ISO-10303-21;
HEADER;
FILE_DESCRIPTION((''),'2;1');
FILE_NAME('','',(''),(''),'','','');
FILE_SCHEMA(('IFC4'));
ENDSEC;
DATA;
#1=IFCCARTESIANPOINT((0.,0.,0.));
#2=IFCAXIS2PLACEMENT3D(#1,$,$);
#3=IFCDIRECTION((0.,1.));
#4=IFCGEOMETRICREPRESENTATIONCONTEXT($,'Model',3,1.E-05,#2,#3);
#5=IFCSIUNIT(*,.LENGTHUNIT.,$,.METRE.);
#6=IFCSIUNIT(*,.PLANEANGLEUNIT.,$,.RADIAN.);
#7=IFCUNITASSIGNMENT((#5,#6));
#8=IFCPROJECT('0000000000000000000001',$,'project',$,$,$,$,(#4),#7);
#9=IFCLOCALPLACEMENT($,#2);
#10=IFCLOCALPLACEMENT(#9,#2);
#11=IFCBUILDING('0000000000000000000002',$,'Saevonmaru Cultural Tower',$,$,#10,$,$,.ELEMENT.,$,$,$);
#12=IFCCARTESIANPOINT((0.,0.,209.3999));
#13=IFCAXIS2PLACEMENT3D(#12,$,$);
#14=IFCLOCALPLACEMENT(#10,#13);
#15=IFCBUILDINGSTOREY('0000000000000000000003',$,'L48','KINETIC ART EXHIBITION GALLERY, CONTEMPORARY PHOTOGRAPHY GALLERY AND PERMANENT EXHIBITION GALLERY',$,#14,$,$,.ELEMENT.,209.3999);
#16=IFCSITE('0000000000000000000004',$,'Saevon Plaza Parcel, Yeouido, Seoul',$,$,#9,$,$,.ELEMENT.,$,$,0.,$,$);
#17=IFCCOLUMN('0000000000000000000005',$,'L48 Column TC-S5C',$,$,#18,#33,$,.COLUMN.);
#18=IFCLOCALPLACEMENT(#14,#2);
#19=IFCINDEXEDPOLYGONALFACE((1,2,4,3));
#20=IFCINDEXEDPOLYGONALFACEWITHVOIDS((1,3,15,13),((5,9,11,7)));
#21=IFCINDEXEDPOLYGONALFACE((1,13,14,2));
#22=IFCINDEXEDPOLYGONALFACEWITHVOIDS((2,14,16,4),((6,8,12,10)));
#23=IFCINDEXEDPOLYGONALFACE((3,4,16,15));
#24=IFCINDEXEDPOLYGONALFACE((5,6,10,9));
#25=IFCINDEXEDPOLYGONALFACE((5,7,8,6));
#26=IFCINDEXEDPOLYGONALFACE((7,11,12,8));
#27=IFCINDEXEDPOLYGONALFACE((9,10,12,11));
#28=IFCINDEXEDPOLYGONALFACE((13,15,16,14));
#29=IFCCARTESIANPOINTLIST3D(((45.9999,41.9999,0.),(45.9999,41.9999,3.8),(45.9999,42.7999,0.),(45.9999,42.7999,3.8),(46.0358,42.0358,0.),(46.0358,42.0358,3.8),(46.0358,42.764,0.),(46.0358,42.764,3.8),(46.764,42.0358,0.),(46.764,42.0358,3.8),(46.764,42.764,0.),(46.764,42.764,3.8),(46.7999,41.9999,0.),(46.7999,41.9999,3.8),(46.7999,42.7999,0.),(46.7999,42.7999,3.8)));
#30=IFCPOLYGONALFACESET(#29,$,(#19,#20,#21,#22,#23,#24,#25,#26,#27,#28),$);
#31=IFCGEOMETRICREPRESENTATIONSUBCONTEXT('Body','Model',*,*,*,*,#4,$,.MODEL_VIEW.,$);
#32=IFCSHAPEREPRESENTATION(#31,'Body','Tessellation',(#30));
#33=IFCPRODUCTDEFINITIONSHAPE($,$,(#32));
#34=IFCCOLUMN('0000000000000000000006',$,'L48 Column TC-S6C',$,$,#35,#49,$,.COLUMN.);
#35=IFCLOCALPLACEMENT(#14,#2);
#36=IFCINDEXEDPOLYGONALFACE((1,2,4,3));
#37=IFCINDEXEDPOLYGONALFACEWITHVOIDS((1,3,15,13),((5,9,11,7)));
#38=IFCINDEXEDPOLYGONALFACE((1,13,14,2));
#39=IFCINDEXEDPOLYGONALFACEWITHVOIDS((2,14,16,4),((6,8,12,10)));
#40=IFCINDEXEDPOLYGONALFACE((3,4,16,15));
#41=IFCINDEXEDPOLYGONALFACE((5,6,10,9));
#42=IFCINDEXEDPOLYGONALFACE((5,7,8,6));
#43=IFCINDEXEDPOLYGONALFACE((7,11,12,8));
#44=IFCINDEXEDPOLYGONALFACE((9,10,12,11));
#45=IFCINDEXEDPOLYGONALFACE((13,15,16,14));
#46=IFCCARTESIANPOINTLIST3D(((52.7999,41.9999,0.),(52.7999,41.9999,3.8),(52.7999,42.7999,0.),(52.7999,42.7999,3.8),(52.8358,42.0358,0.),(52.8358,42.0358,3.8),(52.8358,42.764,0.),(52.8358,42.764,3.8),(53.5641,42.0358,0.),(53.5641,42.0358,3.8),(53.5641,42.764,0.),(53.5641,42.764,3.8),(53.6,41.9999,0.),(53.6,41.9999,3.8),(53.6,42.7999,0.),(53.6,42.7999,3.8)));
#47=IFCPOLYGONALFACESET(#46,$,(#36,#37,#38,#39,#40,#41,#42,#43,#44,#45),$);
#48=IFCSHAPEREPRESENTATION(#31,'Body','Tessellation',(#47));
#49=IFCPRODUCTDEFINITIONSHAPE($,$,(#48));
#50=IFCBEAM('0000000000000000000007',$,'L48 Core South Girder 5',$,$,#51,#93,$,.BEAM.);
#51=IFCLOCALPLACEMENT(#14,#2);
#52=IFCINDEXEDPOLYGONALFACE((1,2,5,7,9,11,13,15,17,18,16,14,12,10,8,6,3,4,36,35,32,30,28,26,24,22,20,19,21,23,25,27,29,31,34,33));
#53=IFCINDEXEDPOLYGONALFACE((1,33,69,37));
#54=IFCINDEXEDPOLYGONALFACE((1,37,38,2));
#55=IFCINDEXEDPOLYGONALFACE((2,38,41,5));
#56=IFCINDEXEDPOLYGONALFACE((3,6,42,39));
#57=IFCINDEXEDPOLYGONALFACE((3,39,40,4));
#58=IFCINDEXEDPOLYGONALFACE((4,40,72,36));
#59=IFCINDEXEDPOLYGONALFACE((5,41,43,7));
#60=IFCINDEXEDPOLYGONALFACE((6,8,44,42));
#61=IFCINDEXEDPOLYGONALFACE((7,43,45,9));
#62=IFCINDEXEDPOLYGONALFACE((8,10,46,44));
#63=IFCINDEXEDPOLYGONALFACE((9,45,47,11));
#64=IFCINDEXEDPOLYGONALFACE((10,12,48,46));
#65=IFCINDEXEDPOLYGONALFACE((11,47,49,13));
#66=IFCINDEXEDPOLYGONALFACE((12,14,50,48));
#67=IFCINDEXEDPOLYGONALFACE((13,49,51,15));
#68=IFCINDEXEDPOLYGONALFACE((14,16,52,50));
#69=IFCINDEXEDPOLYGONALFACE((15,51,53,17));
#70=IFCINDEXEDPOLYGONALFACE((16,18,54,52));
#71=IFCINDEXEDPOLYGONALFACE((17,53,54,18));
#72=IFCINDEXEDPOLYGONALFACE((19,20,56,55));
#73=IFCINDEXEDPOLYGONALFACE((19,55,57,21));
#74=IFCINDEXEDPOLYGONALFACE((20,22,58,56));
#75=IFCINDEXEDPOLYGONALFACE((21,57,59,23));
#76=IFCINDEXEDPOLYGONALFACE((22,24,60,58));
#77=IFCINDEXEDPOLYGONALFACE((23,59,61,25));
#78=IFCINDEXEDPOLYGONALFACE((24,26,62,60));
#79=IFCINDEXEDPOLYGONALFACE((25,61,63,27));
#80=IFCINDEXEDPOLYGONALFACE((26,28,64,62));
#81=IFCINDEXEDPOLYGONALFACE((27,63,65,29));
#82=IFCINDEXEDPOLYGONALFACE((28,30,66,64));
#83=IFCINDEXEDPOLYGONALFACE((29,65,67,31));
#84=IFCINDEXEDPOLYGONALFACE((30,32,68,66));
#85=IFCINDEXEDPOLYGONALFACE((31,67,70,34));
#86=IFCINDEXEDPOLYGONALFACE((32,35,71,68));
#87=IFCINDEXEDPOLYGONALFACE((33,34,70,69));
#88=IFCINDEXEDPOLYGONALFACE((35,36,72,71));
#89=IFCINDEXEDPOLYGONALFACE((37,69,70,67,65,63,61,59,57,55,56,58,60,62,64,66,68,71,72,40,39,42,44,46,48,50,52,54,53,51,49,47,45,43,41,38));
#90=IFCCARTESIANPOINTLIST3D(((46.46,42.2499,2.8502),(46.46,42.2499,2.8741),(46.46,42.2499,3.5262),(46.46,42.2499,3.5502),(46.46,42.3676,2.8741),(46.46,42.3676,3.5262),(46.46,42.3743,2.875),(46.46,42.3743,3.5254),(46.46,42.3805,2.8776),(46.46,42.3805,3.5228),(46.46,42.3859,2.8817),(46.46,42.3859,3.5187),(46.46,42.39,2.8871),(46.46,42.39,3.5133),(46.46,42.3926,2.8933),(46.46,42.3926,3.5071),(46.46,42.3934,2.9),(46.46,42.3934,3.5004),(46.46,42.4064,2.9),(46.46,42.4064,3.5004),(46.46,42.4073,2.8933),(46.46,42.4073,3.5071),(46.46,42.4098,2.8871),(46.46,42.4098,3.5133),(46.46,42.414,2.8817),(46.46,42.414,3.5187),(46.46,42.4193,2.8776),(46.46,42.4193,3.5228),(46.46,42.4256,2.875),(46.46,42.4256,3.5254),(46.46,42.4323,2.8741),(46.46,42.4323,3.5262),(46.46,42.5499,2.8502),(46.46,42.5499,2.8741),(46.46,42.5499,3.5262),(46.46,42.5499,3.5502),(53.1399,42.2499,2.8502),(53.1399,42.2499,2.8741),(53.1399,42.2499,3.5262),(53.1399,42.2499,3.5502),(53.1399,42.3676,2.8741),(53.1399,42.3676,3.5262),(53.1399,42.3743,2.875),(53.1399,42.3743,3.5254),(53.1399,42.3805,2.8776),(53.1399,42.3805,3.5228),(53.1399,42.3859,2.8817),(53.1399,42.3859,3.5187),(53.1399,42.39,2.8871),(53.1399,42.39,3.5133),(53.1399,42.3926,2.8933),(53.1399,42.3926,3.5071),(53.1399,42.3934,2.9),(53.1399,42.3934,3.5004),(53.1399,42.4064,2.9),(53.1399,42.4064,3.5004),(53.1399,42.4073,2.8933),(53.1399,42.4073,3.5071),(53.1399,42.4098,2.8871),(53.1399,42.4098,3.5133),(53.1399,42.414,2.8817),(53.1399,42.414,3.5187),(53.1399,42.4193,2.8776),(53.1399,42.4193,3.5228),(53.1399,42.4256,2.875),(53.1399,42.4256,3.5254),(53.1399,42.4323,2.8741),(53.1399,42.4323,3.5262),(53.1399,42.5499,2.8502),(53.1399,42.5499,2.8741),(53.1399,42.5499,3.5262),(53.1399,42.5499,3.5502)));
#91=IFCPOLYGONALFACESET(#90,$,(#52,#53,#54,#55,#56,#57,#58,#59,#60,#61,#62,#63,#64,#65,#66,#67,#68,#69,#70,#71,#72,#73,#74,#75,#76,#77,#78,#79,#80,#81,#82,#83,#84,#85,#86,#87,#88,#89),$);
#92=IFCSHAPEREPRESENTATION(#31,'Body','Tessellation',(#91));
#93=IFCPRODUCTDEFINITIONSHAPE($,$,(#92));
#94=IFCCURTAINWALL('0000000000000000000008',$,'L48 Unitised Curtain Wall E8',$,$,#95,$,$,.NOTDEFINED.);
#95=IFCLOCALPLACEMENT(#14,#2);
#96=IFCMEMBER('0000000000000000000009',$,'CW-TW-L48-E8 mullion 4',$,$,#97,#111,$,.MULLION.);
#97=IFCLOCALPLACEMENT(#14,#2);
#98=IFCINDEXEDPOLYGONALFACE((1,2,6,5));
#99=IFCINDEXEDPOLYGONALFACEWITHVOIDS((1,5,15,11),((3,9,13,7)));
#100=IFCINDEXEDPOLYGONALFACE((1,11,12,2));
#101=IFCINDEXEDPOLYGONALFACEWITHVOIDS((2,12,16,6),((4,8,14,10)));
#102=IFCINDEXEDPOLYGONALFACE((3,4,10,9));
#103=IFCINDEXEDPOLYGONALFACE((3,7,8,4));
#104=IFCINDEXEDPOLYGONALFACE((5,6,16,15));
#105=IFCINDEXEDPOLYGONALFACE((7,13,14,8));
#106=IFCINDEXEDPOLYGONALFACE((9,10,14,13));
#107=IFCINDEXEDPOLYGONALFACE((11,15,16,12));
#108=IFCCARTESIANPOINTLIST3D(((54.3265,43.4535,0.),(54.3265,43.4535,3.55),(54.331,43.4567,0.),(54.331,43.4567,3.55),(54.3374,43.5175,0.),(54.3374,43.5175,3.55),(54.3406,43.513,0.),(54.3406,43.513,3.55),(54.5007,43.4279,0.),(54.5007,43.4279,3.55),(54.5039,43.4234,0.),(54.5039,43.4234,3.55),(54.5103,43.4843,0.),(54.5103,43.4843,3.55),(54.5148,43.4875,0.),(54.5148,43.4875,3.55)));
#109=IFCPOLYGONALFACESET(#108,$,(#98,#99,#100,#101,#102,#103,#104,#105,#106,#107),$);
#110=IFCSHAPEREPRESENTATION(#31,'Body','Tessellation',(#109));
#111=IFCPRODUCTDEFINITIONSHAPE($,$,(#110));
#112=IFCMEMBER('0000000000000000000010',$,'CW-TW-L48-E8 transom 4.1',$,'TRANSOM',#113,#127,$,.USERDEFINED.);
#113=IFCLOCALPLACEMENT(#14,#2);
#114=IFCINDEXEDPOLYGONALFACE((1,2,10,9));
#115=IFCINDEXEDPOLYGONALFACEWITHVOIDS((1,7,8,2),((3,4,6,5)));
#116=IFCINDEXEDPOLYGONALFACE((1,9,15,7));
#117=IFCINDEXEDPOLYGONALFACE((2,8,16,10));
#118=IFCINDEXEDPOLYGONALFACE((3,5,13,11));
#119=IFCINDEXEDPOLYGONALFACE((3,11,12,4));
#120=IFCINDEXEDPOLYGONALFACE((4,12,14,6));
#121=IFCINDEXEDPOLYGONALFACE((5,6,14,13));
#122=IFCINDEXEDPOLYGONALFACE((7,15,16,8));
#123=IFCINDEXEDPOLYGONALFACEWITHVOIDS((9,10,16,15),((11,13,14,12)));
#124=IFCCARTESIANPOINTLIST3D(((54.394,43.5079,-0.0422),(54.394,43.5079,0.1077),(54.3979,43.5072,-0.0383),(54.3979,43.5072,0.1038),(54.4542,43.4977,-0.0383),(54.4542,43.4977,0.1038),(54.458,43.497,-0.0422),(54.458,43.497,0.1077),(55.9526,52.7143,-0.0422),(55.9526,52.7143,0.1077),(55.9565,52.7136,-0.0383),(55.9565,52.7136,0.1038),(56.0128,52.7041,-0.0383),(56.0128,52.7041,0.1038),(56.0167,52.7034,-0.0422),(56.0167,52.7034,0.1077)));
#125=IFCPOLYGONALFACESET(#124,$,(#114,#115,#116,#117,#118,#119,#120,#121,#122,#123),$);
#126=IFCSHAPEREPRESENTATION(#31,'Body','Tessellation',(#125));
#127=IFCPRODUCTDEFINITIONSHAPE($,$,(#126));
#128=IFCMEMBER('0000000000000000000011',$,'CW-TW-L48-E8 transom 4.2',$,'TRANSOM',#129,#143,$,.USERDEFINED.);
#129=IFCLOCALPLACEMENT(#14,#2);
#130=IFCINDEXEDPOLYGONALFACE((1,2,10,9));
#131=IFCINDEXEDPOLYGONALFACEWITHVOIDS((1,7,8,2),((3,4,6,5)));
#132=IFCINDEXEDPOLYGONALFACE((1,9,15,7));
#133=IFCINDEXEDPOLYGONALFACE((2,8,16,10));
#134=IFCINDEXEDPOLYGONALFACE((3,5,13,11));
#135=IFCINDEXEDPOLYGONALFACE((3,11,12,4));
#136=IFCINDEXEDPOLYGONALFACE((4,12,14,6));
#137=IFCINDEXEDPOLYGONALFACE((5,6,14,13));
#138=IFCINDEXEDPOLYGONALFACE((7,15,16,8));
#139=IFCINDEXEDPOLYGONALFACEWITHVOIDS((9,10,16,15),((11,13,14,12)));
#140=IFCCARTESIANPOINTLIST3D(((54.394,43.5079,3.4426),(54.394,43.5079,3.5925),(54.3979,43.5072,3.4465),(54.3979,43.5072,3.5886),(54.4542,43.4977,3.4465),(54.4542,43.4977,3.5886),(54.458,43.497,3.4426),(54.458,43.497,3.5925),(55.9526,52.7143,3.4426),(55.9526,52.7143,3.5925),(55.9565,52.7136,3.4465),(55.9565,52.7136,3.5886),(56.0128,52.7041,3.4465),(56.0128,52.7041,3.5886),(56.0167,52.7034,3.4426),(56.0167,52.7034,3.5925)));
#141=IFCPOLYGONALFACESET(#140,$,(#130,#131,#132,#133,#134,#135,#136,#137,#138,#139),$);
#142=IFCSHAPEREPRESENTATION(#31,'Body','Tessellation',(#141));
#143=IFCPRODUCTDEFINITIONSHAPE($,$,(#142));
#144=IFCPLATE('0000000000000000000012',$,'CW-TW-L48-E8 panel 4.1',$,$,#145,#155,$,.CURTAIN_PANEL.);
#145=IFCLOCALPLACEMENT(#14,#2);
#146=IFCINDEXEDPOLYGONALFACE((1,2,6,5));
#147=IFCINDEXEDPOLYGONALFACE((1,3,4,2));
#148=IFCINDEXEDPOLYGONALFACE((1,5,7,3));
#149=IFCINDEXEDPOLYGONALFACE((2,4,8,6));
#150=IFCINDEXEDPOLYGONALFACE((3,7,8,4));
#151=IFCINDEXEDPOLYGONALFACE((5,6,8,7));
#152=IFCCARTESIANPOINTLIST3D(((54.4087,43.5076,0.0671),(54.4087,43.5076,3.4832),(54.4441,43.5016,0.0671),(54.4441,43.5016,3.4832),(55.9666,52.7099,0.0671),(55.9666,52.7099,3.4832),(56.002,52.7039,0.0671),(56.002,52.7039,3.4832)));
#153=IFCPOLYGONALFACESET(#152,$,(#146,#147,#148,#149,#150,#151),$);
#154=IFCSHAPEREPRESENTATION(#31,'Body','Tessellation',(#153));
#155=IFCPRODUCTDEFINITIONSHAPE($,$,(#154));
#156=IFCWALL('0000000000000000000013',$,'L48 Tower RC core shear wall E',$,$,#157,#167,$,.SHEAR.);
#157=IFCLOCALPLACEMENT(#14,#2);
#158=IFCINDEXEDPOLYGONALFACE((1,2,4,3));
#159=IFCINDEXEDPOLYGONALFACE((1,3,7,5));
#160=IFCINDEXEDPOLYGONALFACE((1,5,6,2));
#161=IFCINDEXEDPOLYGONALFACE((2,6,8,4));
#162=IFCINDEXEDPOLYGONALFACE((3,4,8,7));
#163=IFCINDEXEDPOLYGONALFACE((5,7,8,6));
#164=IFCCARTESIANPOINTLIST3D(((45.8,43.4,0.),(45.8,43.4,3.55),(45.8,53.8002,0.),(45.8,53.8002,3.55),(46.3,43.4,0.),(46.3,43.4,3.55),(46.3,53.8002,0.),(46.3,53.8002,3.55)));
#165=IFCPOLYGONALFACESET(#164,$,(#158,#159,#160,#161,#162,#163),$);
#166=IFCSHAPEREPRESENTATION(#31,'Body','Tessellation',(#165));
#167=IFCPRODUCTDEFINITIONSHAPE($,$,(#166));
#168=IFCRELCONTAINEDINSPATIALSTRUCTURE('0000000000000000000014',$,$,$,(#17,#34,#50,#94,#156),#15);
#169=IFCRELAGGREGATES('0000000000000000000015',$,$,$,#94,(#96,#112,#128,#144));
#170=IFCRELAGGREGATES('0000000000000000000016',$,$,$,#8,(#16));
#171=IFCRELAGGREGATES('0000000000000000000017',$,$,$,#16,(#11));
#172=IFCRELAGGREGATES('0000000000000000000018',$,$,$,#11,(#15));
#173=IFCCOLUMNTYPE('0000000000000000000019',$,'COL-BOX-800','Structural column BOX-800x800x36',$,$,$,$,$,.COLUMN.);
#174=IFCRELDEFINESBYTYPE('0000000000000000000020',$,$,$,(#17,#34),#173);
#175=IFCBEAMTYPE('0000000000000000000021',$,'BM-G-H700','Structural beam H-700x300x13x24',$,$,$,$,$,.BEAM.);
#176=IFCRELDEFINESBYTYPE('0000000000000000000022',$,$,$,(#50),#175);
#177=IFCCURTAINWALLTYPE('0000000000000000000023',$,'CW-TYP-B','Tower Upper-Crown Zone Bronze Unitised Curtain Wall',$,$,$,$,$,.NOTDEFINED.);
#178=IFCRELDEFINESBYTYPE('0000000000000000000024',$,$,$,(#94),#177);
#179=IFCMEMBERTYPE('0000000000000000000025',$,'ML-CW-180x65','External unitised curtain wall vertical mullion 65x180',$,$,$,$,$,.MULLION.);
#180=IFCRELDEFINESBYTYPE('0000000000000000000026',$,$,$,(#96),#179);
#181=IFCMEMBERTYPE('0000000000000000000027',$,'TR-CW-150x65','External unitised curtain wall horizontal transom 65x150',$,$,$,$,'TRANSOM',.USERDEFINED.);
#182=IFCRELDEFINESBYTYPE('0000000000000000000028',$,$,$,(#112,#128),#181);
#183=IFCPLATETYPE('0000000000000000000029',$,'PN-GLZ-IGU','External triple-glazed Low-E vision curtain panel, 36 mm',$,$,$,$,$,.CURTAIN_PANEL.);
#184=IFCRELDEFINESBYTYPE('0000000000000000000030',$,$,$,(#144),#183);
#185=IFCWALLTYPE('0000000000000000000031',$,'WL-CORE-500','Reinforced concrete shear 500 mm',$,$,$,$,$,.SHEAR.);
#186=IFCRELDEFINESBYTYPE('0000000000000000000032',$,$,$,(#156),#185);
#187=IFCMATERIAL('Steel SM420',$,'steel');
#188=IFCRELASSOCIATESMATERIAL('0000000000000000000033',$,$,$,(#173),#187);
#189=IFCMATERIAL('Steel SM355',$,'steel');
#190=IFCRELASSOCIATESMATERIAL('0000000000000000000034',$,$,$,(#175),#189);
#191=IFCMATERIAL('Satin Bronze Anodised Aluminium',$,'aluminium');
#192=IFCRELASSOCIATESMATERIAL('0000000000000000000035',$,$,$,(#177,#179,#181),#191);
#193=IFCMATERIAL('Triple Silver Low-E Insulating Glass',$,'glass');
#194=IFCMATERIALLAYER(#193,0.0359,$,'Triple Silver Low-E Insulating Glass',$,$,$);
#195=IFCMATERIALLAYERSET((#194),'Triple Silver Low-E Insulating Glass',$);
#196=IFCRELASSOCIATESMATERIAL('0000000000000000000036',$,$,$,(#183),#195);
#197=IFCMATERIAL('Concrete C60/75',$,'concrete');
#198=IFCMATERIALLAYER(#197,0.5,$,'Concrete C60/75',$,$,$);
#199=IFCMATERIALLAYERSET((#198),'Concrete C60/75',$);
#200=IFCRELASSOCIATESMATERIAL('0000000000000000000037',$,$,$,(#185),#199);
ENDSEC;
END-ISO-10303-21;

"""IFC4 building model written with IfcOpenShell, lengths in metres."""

from ifc_helpers import new_model, si_unit, direction, frame, frame_2d, origin, origin_2d, place, context, subcontext, project, spatial, rectangle, hollow_rectangle, i_section, extrude, material, layer, layer_set, material_profile, profile_set, type_object, element, aggregate, save


model = new_model("IFC4")

# Units and contexts
model_context = context("Model", 3, precision=1e-05, world=origin(), true_north=direction((0.0, 1.0)))
body_context = subcontext(model_context, "Body", "Model", "MODEL_VIEW")
ifc_project = project(units=[si_unit("LENGTHUNIT", "METRE"), si_unit("PLANEANGLEUNIT", "RADIAN")], contexts=[model_context])

# Site, building, storey
site_placement = place(None, origin())
site = spatial("IfcSite", under=ifc_project, at=site_placement, Name="Saevon Plaza Parcel, Yeouido, Seoul", CompositionType="ELEMENT", RefElevation=0.0)
building_placement = place(site_placement, origin())
building = spatial("IfcBuilding", under=site, at=building_placement, Name="Saevonmaru Cultural Tower", CompositionType="ELEMENT")
storey_placement = place(building_placement, frame((0.0, 0.0, 209.3999)))
storey = spatial("IfcBuildingStorey", under=building, at=storey_placement, Name="L48", Description="KINETIC ART EXHIBITION GALLERY, CONTEMPORARY PHOTOGRAPHY GALLERY AND PERMANENT EXHIBITION GALLERY", CompositionType="ELEMENT", Elevation=209.3999)

# Columns
ifc_material_1 = material(Name="Steel SM420", Category="steel")
ifc_material_profile_1 = material_profile(ifc_material_1, hollow_rectangle(XDim=0.8, YDim=0.8, WallThickness=0.0359, at=origin_2d()), Name="BOX-800x800x36")
ifc_profile_set_1 = profile_set([ifc_material_profile_1], Name="Steel SM420")
column_type = type_object("IfcColumnType", Name="COL-BOX-800", Description="Structural column BOX-800x800x36", PredefinedType="COLUMN", material=ifc_profile_set_1)
for number, where, z_axis, x_axis, name in (
    (1, (46.3999, 42.3999, 0.0), (0.0, 0.0, 1.0), (1.0, 0.0, 0.0), "L48 Column TC-S5C"),
    (2, (53.2, 42.3999, 0.0), (0.0, 0.0, 1.0), (1.0, 0.0, 0.0), "L48 Column TC-S6C"),
):
    element("IfcColumn", number, at=place(storey_placement, frame(where, z_axis=z_axis, x_axis=x_axis)), inside=storey, type_object=column_type, Name=name, PredefinedType="COLUMN", context=body_context, shape_type="SweptSolid", body=[
        extrude(hollow_rectangle(XDim=0.8, YDim=0.8, WallThickness=0.0359, at=origin_2d()), origin(), (0.0, 0.0, 1.0), 3.8),
    ])

# Beam
ifc_material_2 = material(Name="Steel SM355", Category="steel")
ifc_material_profile_2 = material_profile(ifc_material_2, i_section(OverallWidth=0.3, OverallDepth=0.7, WebThickness=0.0129, FlangeThickness=0.0239, FilletRadius=0.0259, at=origin_2d()), Name="H-700x300x13x24")
ifc_profile_set_2 = profile_set([ifc_material_profile_2], Name="Steel SM355")
beam_type = type_object("IfcBeamType", Name="BM-G-H700", Description="Structural beam H-700x300x13x24", PredefinedType="BEAM", material=ifc_profile_set_2)
beam_placement = place(storey_placement, frame((46.46, 42.3999, 3.2002), z_axis=(1.0, 0.0, 0.0), x_axis=(0.0, 1.0, 0.0)))
element("IfcBeam", 3, at=beam_placement, inside=storey, type_object=beam_type, Name="L48 Core South Girder 5", PredefinedType="BEAM", context=body_context, shape_type="SweptSolid", body=[
    extrude(i_section(OverallWidth=0.3, OverallDepth=0.7, WebThickness=0.0129, FlangeThickness=0.0239, FilletRadius=0.0259, at=origin_2d()), origin(), (0.0, 0.0, 1.0), 6.6799),
])

# Curtain wall, members, plate
ifc_material_3 = material(Name="Satin Bronze Anodised Aluminium", Category="aluminium")
curtain_wall_type = type_object("IfcCurtainWallType", Name="CW-TYP-B", Description="Tower Upper-Crown Zone Bronze Unitised Curtain Wall", PredefinedType="NOTDEFINED", material=ifc_material_3)
curtain_wall_placement = place(storey_placement, origin())
curtain_wall = element("IfcCurtainWall", 4, at=curtain_wall_placement, inside=storey, type_object=curtain_wall_type, Name="L48 Unitised Curtain Wall E8", PredefinedType="NOTDEFINED")
ifc_material_profile_3 = material_profile(ifc_material_3, hollow_rectangle(XDim=0.0649, YDim=0.1799, WallThickness=0.0039, at=origin_2d()), Name="ALU-MULL-180x65x4")
ifc_profile_set_3 = profile_set([ifc_material_profile_3], Name="Satin Bronze Anodised Aluminium")
member_type_1 = type_object("IfcMemberType", Name="ML-CW-180x65", Description="External unitised curtain wall vertical mullion 65x180", PredefinedType="MULLION", material=ifc_profile_set_3)
member_1_placement = place(storey_placement, frame((54.4207, 43.4705, 0.0), z_axis=(0.0, 0.0, 1.0), x_axis=(0.166922, 0.98597, 0.0)))
member_1 = element("IfcMember", 5, at=member_1_placement, type_object=member_type_1, Name="CW-TW-L48-E8 mullion 4", PredefinedType="MULLION", context=body_context, shape_type="SweptSolid", body=[
    extrude(hollow_rectangle(XDim=0.0649, YDim=0.1799, WallThickness=0.0039, at=origin_2d()), origin(), (0.0, 0.0, 1.0), 3.55),
])
ifc_material_profile_4 = material_profile(ifc_material_3, hollow_rectangle(XDim=0.0649, YDim=0.1499, WallThickness=0.0039, at=origin_2d()), Name="ALU-TRAN-150x65x4")
ifc_profile_set_4 = profile_set([ifc_material_profile_4], Name="Satin Bronze Anodised Aluminium")
member_type_2 = type_object("IfcMemberType", Name="TR-CW-150x65", Description="External unitised curtain wall horizontal transom 65x150", ElementType="TRANSOM", PredefinedType="USERDEFINED", material=ifc_profile_set_4)
member_2_placement = place(storey_placement, frame((54.426, 43.5024, 0.0327), z_axis=(0.166921, 0.98597, 0.0), x_axis=(-0.98597, 0.166921, 0.0)))
member_2 = element("IfcMember", 6, at=member_2_placement, type_object=member_type_2, Name="CW-TW-L48-E8 transom 4.1", ObjectType="TRANSOM", PredefinedType="USERDEFINED", context=body_context, shape_type="SweptSolid", body=[
    extrude(hollow_rectangle(XDim=0.0649, YDim=0.1499, WallThickness=0.0039, at=origin_2d()), origin(), (0.0, 0.0, 1.0), 9.3374),
])
member_3_placement = place(storey_placement, frame((54.426, 43.5024, 3.5176), z_axis=(0.166921, 0.98597, 0.0), x_axis=(-0.98597, 0.166921, 0.0)))
member_3 = element("IfcMember", 7, at=member_3_placement, type_object=member_type_2, Name="CW-TW-L48-E8 transom 4.2", ObjectType="TRANSOM", PredefinedType="USERDEFINED", context=body_context, shape_type="SweptSolid", body=[
    extrude(hollow_rectangle(XDim=0.0649, YDim=0.1499, WallThickness=0.0039, at=origin_2d()), origin(), (0.0, 0.0, 1.0), 9.3374),
])
ifc_material_4 = material(Name="Triple Silver Low-E Insulating Glass", Category="glass")
ifc_layer_1 = layer(ifc_material_4, 0.0359, Name="Triple Silver Low-E Insulating Glass")
ifc_layer_set_1 = layer_set([ifc_layer_1], Name="Triple Silver Low-E Insulating Glass")
plate_type = type_object("IfcPlateType", Name="PN-GLZ-IGU", Description="External triple-glazed Low-E vision curtain panel, 36 mm", PredefinedType="CURTAIN_PANEL", material=ifc_layer_set_1)
plate_placement = place(storey_placement, frame((55.2053, 48.1057, 0.0671), z_axis=(0.0, 0.0, 1.0), x_axis=(0.166922, 0.98597, 0.0)))
plate = element("IfcPlate", 8, at=plate_placement, type_object=plate_type, Name="CW-TW-L48-E8 panel 4.1", PredefinedType="CURTAIN_PANEL", context=body_context, shape_type="SweptSolid", body=[
    extrude(rectangle(XDim=9.3333, YDim=0.0359, at=origin_2d()), origin(), (0.0, 0.0, 1.0), 3.416),
])
aggregate(curtain_wall, [member_1, member_2, member_3, plate])

# Wall
ifc_material_5 = material(Name="Concrete C60/75", Category="concrete")
ifc_layer_2 = layer(ifc_material_5, 0.5, Name="Concrete C60/75")
ifc_layer_set_2 = layer_set([ifc_layer_2], Name="Concrete C60/75")
wall_type_1 = type_object("IfcWallType", Name="WL-CORE-500", Description="Reinforced concrete shear 500 mm", PredefinedType="SHEAR", material=ifc_layer_set_2)
wall_1_placement = place(storey_placement, frame((46.05, 43.3999, 0.0), z_axis=(0.0, 0.0, 1.0), x_axis=(0.0, 1.0, 0.0)))
element("IfcWall", 9, at=wall_1_placement, inside=storey, type_object=wall_type_1, Name="L48 Tower RC core shear wall E", PredefinedType="SHEAR", context=body_context, shape_type="SweptSolid", body=[
    extrude(rectangle(XDim=10.4001, YDim=0.5, at=frame_2d((5.2002, 0.0))), origin(), (0.0, 0.0, 1.0), 3.55),
])

save(model, "model.ifc")
